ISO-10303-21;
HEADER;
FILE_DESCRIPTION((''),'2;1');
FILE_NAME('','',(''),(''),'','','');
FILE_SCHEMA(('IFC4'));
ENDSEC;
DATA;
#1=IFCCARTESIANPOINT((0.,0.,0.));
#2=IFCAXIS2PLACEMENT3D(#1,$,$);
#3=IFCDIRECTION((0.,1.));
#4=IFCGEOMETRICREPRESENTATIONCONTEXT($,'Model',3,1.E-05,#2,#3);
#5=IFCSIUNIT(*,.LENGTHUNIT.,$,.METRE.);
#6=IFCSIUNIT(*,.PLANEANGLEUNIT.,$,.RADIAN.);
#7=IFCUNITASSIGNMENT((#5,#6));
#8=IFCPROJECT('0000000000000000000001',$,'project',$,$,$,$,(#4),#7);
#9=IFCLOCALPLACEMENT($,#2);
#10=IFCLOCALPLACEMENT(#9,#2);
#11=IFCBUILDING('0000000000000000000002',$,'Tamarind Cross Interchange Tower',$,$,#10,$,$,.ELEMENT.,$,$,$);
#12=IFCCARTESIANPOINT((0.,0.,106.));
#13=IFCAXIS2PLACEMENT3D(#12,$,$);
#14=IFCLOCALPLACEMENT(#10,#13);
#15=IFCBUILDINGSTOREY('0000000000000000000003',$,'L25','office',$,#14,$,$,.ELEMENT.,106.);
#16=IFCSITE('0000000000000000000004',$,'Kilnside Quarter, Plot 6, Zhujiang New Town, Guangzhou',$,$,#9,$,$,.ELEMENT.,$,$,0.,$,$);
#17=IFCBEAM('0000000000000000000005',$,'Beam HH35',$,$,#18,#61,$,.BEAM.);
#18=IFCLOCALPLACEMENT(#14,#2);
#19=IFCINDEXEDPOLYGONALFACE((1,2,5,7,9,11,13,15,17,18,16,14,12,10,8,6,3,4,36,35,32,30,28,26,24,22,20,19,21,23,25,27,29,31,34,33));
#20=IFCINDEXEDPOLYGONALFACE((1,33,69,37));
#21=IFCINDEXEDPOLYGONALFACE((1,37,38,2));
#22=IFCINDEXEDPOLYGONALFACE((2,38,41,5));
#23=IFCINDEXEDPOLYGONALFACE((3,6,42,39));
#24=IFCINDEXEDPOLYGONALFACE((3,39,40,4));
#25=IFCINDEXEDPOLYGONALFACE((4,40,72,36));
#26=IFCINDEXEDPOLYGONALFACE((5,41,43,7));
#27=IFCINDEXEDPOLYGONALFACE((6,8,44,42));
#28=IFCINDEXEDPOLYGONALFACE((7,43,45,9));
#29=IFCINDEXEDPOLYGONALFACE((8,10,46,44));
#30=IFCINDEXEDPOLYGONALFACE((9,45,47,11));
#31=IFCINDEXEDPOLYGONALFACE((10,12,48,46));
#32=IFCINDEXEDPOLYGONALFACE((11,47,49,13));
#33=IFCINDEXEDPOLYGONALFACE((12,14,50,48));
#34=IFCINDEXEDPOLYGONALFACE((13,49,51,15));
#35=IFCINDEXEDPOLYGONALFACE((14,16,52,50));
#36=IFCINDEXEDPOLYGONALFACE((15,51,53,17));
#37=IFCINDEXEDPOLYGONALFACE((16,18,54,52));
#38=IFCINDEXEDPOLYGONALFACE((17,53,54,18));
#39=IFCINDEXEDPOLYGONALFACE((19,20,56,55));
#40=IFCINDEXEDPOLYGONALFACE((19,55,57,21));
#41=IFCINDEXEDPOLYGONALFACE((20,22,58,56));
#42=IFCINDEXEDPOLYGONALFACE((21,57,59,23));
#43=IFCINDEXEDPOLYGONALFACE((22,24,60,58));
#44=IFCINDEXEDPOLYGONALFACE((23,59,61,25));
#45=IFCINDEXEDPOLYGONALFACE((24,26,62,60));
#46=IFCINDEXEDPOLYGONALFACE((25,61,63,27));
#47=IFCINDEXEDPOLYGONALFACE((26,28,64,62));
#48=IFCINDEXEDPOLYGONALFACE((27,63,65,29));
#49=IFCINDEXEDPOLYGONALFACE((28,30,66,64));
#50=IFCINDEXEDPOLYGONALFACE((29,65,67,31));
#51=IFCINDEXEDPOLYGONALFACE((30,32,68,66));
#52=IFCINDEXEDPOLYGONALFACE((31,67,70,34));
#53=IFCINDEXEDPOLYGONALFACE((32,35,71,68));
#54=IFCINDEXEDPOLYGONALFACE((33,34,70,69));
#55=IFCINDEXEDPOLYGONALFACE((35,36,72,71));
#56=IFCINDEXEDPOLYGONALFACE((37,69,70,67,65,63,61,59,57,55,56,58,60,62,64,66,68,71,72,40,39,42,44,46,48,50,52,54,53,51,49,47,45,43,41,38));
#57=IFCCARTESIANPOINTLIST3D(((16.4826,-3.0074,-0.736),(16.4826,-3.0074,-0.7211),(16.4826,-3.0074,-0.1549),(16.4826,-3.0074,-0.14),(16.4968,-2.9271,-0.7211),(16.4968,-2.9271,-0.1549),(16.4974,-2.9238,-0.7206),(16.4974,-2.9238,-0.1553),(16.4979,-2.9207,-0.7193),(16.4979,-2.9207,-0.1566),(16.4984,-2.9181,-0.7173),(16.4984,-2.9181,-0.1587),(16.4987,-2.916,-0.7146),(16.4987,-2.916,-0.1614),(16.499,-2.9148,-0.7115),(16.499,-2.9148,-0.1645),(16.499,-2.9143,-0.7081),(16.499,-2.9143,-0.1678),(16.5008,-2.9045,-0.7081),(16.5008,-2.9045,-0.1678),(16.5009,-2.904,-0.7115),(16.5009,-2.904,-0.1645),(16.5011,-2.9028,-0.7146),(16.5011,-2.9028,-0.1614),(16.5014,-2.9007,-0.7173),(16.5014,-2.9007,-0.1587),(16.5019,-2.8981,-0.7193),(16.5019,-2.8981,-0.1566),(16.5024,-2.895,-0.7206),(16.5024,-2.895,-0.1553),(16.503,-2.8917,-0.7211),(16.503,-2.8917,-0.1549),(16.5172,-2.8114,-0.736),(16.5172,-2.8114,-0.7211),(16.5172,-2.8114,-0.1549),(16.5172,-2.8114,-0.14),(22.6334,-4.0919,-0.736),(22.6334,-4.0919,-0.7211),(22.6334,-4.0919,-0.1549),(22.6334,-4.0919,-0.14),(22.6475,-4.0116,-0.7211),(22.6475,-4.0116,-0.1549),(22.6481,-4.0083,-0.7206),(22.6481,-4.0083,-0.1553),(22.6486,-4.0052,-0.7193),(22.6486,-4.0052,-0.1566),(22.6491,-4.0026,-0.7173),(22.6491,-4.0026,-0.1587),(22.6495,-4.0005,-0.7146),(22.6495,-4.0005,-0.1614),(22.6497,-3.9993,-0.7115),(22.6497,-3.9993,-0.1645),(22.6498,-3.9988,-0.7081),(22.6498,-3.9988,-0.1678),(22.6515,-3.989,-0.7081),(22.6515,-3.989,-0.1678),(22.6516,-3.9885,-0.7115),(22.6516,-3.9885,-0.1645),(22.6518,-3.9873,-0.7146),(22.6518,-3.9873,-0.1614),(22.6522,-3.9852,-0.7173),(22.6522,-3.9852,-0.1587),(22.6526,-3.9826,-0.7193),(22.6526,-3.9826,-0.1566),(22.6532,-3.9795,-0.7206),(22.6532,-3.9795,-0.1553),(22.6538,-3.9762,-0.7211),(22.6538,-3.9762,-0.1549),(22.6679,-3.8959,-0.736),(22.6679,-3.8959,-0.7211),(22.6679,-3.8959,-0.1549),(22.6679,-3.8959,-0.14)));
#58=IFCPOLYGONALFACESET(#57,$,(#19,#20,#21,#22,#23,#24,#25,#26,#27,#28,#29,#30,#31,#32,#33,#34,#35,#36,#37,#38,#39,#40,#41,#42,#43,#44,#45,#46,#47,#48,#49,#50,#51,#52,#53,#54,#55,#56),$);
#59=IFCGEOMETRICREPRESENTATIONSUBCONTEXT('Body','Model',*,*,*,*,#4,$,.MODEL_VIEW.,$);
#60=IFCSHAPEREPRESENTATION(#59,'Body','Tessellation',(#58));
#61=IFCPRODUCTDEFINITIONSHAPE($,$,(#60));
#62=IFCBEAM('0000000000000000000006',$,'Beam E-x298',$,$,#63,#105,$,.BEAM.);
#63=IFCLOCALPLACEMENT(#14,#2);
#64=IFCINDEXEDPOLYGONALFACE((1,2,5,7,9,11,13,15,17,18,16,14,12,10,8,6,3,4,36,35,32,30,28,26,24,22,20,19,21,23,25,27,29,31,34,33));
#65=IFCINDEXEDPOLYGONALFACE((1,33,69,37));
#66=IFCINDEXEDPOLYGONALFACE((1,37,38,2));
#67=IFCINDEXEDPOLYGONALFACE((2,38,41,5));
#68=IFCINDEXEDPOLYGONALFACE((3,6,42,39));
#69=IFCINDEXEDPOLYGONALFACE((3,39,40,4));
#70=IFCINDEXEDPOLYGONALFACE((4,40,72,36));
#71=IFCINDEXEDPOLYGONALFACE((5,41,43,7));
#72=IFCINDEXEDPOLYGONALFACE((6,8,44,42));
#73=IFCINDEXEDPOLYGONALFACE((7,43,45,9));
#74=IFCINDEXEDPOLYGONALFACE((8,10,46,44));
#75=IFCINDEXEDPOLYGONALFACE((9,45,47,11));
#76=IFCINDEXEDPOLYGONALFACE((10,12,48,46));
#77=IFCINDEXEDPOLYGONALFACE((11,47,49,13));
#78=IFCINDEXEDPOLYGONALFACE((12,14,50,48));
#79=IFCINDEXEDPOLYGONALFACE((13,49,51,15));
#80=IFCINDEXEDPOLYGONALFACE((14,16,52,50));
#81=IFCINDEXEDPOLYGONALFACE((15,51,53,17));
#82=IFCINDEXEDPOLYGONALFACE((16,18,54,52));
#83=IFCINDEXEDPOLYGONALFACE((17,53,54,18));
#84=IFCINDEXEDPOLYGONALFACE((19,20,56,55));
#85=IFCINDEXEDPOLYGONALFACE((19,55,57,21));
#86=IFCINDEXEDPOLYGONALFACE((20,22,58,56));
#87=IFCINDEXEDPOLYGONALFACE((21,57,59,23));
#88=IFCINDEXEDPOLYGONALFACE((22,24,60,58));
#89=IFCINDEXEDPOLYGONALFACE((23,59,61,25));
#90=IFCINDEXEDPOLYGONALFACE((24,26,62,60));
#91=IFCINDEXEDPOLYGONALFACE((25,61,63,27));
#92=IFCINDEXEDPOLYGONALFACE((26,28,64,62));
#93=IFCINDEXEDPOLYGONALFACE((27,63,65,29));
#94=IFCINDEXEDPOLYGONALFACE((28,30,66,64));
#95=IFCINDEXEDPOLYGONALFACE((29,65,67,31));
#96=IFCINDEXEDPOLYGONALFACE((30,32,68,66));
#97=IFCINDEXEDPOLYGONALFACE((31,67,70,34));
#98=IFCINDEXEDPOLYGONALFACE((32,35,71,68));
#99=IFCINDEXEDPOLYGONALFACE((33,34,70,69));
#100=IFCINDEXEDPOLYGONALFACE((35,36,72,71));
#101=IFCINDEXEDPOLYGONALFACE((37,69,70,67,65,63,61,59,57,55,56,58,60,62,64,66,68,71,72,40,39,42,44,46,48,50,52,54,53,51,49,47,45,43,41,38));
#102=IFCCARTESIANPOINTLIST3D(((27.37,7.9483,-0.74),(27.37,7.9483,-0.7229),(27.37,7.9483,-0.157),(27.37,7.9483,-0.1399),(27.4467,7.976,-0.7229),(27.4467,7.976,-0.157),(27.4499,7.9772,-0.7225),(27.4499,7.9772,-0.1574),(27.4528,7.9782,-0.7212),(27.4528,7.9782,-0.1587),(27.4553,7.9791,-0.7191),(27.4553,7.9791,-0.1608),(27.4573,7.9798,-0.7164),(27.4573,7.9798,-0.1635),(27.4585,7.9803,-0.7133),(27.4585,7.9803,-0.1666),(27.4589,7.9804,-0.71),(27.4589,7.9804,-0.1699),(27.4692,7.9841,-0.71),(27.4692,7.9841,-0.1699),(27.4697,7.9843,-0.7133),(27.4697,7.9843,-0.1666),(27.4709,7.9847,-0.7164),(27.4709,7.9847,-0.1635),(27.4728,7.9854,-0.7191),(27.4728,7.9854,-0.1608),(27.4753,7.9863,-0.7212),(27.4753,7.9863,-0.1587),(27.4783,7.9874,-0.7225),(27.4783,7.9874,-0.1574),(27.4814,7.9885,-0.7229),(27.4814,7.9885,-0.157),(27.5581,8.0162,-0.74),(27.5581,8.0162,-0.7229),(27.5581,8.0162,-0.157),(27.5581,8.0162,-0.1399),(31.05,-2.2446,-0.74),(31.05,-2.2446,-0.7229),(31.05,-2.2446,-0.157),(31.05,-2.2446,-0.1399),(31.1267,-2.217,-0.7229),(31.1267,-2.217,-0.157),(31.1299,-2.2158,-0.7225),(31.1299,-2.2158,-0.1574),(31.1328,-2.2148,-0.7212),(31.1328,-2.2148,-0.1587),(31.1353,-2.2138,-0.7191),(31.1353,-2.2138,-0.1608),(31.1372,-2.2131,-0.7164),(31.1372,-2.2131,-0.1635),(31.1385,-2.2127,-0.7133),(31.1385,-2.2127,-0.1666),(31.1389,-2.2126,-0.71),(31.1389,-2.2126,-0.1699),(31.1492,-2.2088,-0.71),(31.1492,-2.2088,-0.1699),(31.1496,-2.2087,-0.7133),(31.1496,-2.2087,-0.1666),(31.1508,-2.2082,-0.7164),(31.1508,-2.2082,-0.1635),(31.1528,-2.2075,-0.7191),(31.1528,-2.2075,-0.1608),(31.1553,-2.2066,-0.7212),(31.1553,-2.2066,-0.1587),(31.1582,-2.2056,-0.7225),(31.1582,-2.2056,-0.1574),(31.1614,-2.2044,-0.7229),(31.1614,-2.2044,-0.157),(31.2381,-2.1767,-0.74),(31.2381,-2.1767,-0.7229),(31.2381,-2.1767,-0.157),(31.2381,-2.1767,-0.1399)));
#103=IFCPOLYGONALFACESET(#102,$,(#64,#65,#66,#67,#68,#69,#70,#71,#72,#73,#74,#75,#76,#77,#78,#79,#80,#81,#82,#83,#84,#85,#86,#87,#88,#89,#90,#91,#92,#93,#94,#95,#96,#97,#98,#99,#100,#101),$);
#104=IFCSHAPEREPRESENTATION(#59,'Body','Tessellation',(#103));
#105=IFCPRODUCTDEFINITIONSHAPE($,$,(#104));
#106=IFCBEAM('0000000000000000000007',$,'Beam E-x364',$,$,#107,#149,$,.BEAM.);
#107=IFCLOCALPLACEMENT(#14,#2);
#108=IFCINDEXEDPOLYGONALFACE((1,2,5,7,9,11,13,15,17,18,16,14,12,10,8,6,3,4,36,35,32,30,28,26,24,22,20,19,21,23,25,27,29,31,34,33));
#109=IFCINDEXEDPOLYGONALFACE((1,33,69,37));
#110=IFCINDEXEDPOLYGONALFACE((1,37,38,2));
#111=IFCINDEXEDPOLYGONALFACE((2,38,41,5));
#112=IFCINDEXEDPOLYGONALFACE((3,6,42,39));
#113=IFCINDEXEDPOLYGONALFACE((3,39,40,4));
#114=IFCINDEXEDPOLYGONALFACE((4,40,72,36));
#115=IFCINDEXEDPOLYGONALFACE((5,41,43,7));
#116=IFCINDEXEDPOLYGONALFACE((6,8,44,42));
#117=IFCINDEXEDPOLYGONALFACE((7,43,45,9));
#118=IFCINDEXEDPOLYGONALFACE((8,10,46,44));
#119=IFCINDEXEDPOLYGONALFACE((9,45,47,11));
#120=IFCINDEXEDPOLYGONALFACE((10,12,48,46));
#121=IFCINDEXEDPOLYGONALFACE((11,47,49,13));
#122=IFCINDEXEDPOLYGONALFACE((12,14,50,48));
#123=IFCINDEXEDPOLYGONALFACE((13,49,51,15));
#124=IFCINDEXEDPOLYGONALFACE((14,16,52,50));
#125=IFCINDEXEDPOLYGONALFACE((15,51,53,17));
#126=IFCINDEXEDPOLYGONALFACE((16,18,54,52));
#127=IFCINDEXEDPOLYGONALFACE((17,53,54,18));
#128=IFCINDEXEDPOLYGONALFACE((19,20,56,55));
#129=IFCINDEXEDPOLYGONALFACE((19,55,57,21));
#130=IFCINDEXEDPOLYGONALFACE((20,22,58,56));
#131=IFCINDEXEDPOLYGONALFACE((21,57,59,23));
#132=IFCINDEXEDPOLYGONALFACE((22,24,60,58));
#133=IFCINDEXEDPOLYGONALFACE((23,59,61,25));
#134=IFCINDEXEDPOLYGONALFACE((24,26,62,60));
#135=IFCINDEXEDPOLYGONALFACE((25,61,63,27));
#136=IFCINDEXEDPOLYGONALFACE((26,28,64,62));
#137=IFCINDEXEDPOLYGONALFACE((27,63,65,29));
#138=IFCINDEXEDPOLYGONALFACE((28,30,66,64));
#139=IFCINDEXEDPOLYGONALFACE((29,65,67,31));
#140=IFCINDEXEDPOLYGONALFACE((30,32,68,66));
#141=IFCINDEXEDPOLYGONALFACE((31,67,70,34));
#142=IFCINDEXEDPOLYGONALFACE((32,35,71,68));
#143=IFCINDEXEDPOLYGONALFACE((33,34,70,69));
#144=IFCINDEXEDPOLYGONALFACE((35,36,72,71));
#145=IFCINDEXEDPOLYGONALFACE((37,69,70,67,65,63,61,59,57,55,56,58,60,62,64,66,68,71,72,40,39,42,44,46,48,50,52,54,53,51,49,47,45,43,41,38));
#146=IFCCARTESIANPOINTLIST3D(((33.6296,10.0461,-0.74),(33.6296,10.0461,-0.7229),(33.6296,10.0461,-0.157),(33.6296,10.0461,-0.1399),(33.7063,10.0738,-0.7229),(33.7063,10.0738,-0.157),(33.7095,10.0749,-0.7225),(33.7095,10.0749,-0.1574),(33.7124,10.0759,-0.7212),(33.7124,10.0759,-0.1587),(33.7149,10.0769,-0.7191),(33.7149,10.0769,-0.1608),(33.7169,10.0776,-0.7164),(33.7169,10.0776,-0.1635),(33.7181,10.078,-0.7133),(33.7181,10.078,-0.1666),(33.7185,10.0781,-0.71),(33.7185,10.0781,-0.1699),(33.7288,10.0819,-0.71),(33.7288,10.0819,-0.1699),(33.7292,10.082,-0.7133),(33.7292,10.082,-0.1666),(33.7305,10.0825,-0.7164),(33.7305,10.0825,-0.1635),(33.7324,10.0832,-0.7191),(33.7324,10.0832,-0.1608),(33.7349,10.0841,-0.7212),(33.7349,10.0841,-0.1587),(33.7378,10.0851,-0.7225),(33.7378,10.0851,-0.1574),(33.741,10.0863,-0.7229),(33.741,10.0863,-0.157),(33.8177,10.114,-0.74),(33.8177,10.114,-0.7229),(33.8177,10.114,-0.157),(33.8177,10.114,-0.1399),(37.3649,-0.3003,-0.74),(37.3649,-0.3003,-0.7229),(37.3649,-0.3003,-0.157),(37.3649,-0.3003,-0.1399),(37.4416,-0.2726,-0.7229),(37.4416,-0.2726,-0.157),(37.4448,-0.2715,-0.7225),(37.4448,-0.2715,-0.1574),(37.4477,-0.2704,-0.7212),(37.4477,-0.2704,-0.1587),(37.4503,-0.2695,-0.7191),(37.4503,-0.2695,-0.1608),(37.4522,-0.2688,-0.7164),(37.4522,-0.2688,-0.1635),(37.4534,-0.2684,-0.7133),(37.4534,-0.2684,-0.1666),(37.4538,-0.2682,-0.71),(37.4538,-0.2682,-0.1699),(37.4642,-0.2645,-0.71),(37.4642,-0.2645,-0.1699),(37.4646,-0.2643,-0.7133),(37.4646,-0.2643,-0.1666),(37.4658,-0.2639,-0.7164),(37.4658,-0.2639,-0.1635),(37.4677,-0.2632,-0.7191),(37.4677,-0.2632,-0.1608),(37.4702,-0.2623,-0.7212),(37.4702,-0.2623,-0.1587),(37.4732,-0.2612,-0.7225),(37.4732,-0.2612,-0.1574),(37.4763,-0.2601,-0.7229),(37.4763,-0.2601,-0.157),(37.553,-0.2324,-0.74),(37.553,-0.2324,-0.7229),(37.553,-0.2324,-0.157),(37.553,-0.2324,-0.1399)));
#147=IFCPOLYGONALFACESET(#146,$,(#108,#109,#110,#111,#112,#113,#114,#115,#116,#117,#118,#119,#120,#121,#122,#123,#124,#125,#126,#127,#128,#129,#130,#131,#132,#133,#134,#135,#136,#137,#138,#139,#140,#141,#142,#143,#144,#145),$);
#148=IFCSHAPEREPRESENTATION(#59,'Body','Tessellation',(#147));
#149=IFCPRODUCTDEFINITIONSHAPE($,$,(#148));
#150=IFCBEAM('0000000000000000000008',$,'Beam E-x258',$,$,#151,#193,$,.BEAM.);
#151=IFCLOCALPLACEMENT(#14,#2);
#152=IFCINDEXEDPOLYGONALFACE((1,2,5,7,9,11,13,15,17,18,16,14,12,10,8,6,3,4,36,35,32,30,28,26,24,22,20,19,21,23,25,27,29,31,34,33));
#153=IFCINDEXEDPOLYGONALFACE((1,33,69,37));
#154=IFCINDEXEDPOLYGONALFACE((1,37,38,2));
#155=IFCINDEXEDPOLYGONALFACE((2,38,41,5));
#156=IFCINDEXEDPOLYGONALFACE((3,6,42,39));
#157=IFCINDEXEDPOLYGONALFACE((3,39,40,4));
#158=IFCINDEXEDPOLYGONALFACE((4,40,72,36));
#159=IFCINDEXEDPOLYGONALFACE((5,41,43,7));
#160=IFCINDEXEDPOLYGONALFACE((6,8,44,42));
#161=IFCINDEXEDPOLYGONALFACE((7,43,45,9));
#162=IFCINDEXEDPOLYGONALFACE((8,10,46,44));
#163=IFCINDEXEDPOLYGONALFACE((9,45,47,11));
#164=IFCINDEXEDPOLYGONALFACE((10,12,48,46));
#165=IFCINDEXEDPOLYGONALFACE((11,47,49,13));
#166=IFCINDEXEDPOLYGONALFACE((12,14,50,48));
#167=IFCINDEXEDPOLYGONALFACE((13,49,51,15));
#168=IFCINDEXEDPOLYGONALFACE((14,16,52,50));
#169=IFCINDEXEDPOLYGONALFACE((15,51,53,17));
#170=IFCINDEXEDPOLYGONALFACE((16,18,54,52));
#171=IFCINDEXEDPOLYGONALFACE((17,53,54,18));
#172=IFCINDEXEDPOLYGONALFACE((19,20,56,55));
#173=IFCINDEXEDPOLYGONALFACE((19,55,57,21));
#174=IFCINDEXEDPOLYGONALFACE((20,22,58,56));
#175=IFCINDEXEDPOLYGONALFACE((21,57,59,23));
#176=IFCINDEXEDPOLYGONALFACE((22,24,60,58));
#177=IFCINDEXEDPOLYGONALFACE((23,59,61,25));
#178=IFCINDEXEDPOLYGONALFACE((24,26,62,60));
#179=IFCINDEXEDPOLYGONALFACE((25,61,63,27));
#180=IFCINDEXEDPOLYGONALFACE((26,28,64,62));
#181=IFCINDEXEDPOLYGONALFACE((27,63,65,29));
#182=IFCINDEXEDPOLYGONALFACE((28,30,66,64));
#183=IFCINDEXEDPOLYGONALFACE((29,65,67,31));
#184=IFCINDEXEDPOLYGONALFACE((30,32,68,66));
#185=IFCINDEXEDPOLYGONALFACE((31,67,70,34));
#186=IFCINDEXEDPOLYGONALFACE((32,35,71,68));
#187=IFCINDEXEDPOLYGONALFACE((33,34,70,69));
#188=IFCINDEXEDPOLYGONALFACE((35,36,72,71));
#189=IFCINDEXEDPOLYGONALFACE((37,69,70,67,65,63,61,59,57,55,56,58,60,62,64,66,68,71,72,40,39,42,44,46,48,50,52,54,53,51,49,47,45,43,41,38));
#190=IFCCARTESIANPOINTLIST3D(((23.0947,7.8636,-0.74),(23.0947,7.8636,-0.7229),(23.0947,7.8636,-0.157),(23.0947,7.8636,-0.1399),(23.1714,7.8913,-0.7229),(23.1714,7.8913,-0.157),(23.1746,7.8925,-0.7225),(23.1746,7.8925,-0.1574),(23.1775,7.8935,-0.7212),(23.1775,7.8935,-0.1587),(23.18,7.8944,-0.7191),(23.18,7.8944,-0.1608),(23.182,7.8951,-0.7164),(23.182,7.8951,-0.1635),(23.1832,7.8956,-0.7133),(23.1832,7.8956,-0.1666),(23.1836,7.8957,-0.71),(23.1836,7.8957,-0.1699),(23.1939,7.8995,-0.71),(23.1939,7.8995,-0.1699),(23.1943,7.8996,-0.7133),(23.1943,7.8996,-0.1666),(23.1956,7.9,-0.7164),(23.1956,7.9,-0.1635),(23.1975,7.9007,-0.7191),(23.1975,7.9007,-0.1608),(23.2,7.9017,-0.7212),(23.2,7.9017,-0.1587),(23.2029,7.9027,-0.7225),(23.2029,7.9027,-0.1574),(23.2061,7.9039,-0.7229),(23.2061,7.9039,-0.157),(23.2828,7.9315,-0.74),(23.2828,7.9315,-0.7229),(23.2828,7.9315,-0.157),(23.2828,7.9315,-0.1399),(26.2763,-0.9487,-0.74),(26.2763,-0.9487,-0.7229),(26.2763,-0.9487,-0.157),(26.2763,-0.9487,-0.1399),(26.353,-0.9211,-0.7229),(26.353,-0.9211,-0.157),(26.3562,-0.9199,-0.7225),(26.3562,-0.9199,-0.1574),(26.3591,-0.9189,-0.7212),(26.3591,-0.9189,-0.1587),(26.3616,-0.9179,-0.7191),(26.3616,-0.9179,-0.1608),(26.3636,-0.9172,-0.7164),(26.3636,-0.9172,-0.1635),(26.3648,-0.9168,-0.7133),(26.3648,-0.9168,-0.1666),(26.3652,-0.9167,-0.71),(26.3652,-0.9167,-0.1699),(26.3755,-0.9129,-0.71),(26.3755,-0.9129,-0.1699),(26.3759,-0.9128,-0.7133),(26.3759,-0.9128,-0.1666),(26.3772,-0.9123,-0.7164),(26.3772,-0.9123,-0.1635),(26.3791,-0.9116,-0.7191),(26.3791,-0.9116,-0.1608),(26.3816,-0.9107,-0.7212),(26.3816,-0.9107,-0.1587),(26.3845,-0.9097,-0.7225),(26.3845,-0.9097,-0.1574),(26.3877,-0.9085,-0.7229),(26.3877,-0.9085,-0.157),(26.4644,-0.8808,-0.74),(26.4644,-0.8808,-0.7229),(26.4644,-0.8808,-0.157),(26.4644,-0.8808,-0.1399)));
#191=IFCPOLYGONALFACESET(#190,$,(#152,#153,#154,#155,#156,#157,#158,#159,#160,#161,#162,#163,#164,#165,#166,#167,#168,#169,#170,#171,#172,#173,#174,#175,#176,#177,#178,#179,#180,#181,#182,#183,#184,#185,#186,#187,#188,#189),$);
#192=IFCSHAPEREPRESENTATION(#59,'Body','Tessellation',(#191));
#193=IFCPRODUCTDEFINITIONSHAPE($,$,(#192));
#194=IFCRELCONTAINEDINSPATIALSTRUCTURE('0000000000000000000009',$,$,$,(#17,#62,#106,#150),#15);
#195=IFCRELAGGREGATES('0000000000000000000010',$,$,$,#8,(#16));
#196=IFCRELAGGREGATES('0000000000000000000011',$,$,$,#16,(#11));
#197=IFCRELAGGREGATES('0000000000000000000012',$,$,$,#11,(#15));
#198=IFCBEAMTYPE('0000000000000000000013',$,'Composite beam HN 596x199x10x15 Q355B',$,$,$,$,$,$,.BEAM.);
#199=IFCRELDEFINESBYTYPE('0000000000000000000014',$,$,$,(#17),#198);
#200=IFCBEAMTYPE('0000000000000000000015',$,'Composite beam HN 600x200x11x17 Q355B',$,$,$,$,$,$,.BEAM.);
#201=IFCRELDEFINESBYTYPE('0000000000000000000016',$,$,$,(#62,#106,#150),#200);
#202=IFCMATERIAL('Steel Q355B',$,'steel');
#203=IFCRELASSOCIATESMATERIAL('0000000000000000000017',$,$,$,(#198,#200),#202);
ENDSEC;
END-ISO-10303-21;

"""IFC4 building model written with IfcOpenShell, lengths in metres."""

from ifc_helpers import new_model, si_unit, direction, frame, origin, origin_2d, place, context, subcontext, project, spatial, i_section, extrude, material, material_profile, profile_set, type_object, element, save


model = new_model("IFC4")

# Units and contexts
model_context = context("Model", 3, precision=1e-05, world=origin(), true_north=direction((0.0, 1.0)))
body_context = subcontext(model_context, "Body", "Model", "MODEL_VIEW")
ifc_project = project(units=[si_unit("LENGTHUNIT", "METRE"), si_unit("PLANEANGLEUNIT", "RADIAN")], contexts=[model_context])

# Site, building, storey
site_placement = place(None, origin())
site = spatial("IfcSite", under=ifc_project, at=site_placement, Name="Kilnside Quarter, Plot 6, Zhujiang New Town, Guangzhou", CompositionType="ELEMENT", RefElevation=0.0)
building_placement = place(site_placement, origin())
building = spatial("IfcBuilding", under=site, at=building_placement, Name="Tamarind Cross Interchange Tower", CompositionType="ELEMENT")
storey_placement = place(building_placement, frame((0.0, 0.0, 106.0)))
storey = spatial("IfcBuildingStorey", under=building, at=storey_placement, Name="L25", Description="office", CompositionType="ELEMENT", Elevation=106.0)

# Beams
ifc_material_1 = material(Name="Steel Q355B", Category="steel")
ifc_material_profile_1 = material_profile(ifc_material_1, i_section(OverallWidth=0.199, OverallDepth=0.5959, WebThickness=0.01, FlangeThickness=0.0149, FilletRadius=0.0129, at=origin_2d()), Name="HN 596x199x10x15")
ifc_profile_set_1 = profile_set([ifc_material_profile_1], Name="Steel Q355B")
beam_type_1 = type_object("IfcBeamType", Name="Composite beam HN 596x199x10x15 Q355B", PredefinedType="BEAM", material=ifc_profile_set_1)
beam_1_placement = place(storey_placement, frame((22.6506, -3.9939, -0.438), z_axis=(-0.984809, 0.17364, 0.0), x_axis=(-0.17364, -0.984809, 0.0)))
element("IfcBeam", 1, at=beam_1_placement, inside=storey, type_object=beam_type_1, Name="Beam HH35", PredefinedType="BEAM", context=body_context, shape_type="SweptSolid", body=[
    extrude(i_section(OverallWidth=0.199, OverallDepth=0.5959, WebThickness=0.01, FlangeThickness=0.0149, FilletRadius=0.0129, at=origin_2d()), origin(), (0.0, 0.0, 1.0), 6.2456),
])
ifc_material_profile_2 = material_profile(ifc_material_1, i_section(OverallWidth=0.2, OverallDepth=0.6001, WebThickness=0.011, FlangeThickness=0.0171, FilletRadius=0.0129, at=origin_2d()), Name="HN 600x200x11x17")
ifc_profile_set_2 = profile_set([ifc_material_profile_2], Name="Steel Q355B")
beam_type_2 = type_object("IfcBeamType", Name="Composite beam HN 600x200x11x17 Q355B", PredefinedType="BEAM", material=ifc_profile_set_2)
beam_2_placement = place(storey_placement, frame((31.144, -2.2107, -0.4399), z_axis=(-0.339577, 0.940578, 0.0), x_axis=(-0.940578, -0.339577, 0.0)))
element("IfcBeam", 2, at=beam_2_placement, inside=storey, type_object=beam_type_2, Name="Beam E-x298", PredefinedType="BEAM", context=body_context, shape_type="SweptSolid", body=[
    extrude(i_section(OverallWidth=0.2, OverallDepth=0.6001, WebThickness=0.011, FlangeThickness=0.0171, FilletRadius=0.0129, at=origin_2d()), origin(), (0.0, 0.0, 1.0), 10.8369),
])
beam_3_placement = place(storey_placement, frame((37.459, -0.2664, -0.4399), z_axis=(-0.339575, 0.940579, 0.0), x_axis=(-0.940579, -0.339575, 0.0)))
element("IfcBeam", 3, at=beam_3_placement, inside=storey, type_object=beam_type_2, Name="Beam E-x364", PredefinedType="BEAM", context=body_context, shape_type="SweptSolid", body=[
    extrude(i_section(OverallWidth=0.2, OverallDepth=0.6001, WebThickness=0.011, FlangeThickness=0.0171, FilletRadius=0.0129, at=origin_2d()), origin(), (0.0, 0.0, 1.0), 11.0),
])
beam_4_placement = place(storey_placement, frame((26.3704, -0.9148, -0.4399), z_axis=(-0.339583, 0.940576, 0.0), x_axis=(-0.940576, -0.339583, 0.0)))
element("IfcBeam", 4, at=beam_4_placement, inside=storey, type_object=beam_type_2, Name="Beam E-x258", PredefinedType="BEAM", context=body_context, shape_type="SweptSolid", body=[
    extrude(i_section(OverallWidth=0.2, OverallDepth=0.6001, WebThickness=0.011, FlangeThickness=0.0171, FilletRadius=0.0129, at=origin_2d()), origin(), (0.0, 0.0, 1.0), 9.3691),
])

save(model, "model.ifc")
